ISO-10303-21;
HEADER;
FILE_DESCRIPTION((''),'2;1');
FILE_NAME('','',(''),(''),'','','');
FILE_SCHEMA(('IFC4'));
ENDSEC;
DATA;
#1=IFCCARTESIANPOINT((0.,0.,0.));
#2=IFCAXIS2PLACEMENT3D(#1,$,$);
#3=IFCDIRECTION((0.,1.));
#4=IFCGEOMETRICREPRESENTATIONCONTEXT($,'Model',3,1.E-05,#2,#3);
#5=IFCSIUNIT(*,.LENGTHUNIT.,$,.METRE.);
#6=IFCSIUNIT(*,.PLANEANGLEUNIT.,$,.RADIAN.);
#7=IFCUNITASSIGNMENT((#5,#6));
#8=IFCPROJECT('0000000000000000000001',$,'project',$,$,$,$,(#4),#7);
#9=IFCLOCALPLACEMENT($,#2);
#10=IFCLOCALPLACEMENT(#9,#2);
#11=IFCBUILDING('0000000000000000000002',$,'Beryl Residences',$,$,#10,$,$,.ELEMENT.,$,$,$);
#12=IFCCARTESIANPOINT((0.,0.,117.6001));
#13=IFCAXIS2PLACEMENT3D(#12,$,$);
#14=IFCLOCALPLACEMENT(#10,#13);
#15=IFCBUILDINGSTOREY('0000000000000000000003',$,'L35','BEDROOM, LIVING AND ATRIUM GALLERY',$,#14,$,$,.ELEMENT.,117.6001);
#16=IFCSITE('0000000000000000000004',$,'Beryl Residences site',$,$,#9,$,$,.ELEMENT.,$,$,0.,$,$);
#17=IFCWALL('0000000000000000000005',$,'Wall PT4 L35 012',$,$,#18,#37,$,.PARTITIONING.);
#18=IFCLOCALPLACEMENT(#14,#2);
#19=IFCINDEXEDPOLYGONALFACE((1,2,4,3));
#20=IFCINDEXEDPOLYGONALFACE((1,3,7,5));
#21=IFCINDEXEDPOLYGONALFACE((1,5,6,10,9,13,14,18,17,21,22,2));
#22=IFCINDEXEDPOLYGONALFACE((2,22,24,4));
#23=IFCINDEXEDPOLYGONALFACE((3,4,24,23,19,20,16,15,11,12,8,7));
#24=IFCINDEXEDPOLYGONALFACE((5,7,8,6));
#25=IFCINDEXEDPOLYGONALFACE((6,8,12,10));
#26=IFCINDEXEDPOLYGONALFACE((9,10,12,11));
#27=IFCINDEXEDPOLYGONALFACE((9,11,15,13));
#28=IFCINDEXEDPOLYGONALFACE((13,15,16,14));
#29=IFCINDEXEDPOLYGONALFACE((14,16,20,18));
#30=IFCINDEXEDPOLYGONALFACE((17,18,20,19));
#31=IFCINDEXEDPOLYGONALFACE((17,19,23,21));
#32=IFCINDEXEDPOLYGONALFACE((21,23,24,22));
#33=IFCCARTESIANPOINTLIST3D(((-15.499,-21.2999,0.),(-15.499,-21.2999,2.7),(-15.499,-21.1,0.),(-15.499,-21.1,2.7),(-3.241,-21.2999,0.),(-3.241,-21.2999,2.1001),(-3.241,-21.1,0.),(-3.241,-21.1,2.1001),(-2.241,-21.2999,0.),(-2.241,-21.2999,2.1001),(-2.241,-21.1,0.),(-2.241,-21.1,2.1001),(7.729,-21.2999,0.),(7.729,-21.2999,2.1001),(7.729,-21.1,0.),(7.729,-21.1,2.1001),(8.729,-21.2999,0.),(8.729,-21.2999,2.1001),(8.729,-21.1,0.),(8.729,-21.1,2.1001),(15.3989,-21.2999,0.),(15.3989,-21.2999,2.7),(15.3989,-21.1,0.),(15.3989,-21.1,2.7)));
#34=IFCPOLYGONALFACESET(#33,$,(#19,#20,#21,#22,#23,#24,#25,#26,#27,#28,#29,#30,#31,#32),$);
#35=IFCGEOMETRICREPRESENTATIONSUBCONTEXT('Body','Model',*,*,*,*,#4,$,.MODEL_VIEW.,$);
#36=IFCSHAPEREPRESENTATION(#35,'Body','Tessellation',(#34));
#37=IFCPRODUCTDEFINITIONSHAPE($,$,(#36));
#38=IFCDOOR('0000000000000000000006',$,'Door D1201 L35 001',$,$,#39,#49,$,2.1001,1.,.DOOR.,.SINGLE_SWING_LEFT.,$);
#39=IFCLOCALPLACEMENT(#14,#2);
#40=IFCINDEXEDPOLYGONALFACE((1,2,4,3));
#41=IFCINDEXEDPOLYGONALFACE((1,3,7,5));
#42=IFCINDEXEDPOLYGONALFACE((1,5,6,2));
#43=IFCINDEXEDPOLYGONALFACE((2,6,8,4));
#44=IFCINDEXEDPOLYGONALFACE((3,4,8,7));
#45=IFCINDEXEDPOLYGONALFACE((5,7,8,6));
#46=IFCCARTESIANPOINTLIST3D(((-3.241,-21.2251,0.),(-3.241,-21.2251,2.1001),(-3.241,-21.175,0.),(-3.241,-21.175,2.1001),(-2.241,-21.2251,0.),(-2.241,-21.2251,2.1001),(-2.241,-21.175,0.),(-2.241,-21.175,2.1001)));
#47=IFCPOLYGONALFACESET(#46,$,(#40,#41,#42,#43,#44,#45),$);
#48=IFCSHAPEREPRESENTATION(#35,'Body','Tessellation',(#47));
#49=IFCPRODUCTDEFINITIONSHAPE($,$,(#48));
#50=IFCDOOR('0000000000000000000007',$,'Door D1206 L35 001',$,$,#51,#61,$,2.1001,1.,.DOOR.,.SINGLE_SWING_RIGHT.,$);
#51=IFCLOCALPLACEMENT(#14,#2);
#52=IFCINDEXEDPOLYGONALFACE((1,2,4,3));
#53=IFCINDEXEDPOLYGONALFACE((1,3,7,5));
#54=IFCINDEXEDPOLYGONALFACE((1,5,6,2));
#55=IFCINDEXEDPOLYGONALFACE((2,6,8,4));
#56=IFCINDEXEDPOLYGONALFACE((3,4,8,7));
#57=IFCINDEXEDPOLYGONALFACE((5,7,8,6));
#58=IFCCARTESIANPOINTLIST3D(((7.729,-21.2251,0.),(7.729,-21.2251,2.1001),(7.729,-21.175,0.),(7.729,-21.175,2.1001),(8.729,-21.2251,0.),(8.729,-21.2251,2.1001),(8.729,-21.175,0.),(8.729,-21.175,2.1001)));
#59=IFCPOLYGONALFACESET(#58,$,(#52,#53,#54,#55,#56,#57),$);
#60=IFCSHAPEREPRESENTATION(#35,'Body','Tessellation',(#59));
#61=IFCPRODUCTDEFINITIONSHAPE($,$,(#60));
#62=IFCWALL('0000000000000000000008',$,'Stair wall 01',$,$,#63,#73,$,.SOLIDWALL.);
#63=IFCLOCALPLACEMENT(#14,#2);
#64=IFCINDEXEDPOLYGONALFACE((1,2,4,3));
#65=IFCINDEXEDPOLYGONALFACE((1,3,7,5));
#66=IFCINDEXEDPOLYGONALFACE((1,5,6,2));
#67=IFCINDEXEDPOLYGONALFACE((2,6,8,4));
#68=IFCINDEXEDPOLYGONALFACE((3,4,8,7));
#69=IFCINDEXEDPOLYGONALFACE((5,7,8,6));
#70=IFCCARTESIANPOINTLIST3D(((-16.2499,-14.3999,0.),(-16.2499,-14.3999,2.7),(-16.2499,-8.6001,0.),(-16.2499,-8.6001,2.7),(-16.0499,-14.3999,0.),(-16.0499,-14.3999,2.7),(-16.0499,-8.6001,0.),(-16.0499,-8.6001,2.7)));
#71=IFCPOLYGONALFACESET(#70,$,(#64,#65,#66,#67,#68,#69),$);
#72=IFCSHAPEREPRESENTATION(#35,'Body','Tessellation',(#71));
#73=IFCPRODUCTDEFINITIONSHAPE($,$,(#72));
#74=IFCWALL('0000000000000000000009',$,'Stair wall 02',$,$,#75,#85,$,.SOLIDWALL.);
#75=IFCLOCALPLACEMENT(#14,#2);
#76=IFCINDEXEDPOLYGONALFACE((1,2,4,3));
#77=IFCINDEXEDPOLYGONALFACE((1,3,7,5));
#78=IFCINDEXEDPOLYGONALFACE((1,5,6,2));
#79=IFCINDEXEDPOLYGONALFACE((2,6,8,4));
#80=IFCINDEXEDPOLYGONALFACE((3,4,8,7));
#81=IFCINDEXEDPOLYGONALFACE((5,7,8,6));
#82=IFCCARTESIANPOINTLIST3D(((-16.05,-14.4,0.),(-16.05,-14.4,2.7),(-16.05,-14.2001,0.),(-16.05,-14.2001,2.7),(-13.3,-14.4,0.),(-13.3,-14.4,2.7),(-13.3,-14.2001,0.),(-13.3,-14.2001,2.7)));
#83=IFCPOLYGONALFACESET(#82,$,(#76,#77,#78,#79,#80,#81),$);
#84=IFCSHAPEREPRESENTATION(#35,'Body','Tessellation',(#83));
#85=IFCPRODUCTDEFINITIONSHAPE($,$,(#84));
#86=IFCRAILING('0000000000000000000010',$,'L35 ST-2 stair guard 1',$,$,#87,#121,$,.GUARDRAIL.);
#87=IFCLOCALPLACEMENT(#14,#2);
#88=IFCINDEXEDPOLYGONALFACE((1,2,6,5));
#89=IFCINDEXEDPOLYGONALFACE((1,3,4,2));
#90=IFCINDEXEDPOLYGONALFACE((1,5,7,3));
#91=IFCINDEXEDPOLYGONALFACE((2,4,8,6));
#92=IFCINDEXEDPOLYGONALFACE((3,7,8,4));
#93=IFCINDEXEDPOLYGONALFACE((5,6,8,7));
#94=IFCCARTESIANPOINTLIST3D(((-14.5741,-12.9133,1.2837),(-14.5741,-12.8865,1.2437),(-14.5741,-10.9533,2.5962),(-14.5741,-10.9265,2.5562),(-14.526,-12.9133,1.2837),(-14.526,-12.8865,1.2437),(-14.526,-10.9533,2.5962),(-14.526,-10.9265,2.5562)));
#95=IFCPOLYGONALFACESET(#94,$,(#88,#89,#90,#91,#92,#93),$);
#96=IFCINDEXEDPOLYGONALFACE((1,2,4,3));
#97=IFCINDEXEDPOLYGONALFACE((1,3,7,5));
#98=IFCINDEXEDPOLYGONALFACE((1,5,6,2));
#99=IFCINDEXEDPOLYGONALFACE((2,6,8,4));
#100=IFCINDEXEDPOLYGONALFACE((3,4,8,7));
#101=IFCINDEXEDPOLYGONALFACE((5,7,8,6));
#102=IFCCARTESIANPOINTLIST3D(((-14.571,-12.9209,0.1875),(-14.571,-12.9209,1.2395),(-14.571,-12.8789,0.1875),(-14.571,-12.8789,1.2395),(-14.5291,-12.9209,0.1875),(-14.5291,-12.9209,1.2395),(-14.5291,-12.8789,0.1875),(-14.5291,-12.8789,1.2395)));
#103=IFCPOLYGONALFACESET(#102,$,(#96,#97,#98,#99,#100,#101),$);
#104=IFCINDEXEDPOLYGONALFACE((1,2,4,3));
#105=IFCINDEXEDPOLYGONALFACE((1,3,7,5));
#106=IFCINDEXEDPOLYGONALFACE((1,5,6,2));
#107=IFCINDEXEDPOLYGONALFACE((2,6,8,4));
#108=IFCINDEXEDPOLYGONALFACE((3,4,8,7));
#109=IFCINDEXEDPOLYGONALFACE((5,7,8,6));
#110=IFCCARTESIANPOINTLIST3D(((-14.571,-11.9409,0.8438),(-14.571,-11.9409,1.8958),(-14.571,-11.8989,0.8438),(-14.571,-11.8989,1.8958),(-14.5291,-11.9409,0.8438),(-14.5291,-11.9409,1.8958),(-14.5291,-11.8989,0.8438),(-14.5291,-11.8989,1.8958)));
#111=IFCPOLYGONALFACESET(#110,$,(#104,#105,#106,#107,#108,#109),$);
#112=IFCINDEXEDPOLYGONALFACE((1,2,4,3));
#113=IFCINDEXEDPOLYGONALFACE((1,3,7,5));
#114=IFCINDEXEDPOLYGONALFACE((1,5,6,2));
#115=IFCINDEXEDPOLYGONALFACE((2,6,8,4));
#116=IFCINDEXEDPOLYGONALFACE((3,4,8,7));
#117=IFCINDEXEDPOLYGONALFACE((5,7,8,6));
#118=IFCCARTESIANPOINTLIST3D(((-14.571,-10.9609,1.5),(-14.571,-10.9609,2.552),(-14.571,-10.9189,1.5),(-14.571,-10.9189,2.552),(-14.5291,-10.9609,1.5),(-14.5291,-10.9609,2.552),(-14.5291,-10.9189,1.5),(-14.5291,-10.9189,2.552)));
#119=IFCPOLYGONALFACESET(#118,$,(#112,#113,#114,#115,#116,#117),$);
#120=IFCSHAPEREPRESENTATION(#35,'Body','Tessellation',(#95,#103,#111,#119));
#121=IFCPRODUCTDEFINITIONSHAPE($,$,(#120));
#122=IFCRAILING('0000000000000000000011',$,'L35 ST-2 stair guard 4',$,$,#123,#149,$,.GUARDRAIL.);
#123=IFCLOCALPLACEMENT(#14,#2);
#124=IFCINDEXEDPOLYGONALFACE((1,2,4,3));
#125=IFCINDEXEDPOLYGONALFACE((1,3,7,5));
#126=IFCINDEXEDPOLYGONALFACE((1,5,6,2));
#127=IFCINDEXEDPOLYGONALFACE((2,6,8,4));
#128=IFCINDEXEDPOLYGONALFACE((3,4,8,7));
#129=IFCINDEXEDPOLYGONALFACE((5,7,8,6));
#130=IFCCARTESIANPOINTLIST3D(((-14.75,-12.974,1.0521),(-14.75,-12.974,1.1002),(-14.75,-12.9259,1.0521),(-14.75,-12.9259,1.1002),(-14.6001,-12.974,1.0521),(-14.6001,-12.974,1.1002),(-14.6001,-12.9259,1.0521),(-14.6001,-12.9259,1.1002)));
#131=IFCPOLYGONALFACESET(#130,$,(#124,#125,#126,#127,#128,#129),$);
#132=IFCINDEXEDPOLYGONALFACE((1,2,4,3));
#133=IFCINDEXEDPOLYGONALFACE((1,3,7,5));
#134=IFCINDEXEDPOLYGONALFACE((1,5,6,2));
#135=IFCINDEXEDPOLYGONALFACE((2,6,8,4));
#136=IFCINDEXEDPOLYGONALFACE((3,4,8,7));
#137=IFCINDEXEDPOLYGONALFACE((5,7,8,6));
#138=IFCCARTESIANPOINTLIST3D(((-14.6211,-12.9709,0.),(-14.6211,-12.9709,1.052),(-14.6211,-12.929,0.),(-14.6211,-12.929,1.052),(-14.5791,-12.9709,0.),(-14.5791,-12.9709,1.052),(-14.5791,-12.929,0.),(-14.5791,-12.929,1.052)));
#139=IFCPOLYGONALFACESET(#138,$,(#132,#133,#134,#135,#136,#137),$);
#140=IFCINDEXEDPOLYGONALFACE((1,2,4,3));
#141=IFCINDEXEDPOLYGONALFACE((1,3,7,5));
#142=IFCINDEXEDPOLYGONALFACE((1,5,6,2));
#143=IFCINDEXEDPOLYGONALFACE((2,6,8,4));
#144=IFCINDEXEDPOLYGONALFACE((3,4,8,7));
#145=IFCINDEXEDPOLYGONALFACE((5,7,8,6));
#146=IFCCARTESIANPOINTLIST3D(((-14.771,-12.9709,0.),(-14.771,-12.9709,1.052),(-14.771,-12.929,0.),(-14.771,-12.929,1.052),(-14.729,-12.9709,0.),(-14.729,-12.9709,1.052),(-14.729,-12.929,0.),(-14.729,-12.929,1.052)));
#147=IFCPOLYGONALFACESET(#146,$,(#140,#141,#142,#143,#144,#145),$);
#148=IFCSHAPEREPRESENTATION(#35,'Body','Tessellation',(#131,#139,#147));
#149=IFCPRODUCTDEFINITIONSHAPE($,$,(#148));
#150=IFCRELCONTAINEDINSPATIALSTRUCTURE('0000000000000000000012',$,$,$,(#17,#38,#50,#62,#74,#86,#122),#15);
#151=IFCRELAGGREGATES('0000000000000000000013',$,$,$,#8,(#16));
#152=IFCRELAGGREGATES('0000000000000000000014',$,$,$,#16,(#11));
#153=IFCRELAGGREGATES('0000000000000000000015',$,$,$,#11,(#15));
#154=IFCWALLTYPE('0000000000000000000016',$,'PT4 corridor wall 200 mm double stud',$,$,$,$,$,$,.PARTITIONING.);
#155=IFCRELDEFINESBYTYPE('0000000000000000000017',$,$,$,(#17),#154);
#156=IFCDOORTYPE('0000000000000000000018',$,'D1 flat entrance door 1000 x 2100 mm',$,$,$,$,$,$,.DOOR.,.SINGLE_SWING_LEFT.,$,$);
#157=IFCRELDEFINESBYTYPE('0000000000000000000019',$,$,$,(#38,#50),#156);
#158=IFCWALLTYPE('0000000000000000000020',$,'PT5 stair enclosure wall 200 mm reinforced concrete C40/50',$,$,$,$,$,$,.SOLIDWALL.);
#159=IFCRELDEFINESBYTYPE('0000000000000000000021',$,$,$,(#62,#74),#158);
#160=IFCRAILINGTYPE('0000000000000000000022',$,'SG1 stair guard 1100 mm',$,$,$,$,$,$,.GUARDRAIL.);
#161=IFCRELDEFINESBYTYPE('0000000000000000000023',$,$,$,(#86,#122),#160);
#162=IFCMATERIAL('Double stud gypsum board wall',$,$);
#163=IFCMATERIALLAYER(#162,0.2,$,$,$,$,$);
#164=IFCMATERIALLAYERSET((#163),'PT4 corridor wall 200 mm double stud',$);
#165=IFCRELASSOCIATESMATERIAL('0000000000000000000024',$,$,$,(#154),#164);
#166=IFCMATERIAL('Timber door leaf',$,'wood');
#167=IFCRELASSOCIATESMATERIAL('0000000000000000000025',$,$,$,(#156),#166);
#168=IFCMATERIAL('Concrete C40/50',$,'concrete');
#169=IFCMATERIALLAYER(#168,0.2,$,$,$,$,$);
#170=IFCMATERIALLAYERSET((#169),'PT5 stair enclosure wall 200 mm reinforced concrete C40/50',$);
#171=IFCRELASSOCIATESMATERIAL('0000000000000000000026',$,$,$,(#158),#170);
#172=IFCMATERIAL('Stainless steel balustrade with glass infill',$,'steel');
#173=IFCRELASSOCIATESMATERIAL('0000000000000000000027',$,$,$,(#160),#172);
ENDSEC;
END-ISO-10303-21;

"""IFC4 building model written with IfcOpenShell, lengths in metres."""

from ifc_helpers import new_model, si_unit, direction, frame, frame_2d, origin, origin_2d, place, context, subcontext, project, spatial, rectangle, extrude, material, layer, layer_set, type_object, element, fill, save


model = new_model("IFC4")

# Units and contexts
model_context = context("Model", 3, precision=1e-05, world=origin(), true_north=direction((0.0, 1.0)))
body_context = subcontext(model_context, "Body", "Model", "MODEL_VIEW")
ifc_project = project(units=[si_unit("LENGTHUNIT", "METRE"), si_unit("PLANEANGLEUNIT", "RADIAN")], contexts=[model_context])

# Site, building, storey
site_placement = place(None, origin())
site = spatial("IfcSite", under=ifc_project, at=site_placement, Name="Beryl Residences site", CompositionType="ELEMENT", RefElevation=0.0)
building_placement = place(site_placement, origin())
building = spatial("IfcBuilding", under=site, at=building_placement, Name="Beryl Residences", CompositionType="ELEMENT")
storey_placement = place(building_placement, frame((0.0, 0.0, 117.6001)))
storey = spatial("IfcBuildingStorey", under=building, at=storey_placement, Name="L35", Description="BEDROOM, LIVING AND ATRIUM GALLERY", CompositionType="ELEMENT", Elevation=117.6001)

# Shared definitions
ifc_material_1 = material(Name="Double stud gypsum board wall")
ifc_layer_1 = layer(ifc_material_1, 0.2)
ifc_layer_set_1 = layer_set([ifc_layer_1], Name="PT4 corridor wall 200 mm double stud")
wall_type_1 = type_object("IfcWallType", Name="PT4 corridor wall 200 mm double stud", PredefinedType="PARTITIONING", material=ifc_layer_set_1)

# Wall, openings, doors
wall_1_placement = place(storey_placement, frame((-15.499, -21.2, 0.0), z_axis=(0.0, 0.0, 1.0), x_axis=(1.0, 0.0, 0.0)))
wall_1 = element("IfcWall", 1, at=wall_1_placement, inside=storey, type_object=wall_type_1, Name="Wall PT4 L35 012", PredefinedType="PARTITIONING", context=body_context, shape_type="SweptSolid", body=[
    extrude(rectangle(XDim=30.8979, YDim=0.2, at=frame_2d((15.449, 0.0))), origin(), (0.0, 0.0, 1.0), 2.7),
])
opening_1_placement = place(wall_1_placement, frame((12.2581, 0.0, 0.0)))
opening_1 = element("IfcOpeningElement", 2, at=opening_1_placement, cuts=wall_1, PredefinedType="OPENING", context=body_context, shape_type="SweptSolid", body=[
    extrude(rectangle(XDim=1.0, YDim=2.1001, at=frame_2d((0.5, 1.05))), frame((0.0, 0.1099, 0.0), z_axis=(0.0, -1.0, 0.0), x_axis=(1.0, 0.0, 0.0)), (0.0, 0.0, 1.0), 0.22),
])
opening_2_placement = place(wall_1_placement, frame((23.228, 0.0, 0.0)))
opening_2 = element("IfcOpeningElement", 3, at=opening_2_placement, cuts=wall_1, PredefinedType="OPENING", context=body_context, shape_type="SweptSolid", body=[
    extrude(rectangle(XDim=1.0, YDim=2.1001, at=frame_2d((0.5, 1.05))), frame((0.0, 0.1099, 0.0), z_axis=(0.0, -1.0, 0.0), x_axis=(1.0, 0.0, 0.0)), (0.0, 0.0, 1.0), 0.22),
])
ifc_material_2 = material(Name="Timber door leaf", Category="wood")
door_type_1 = type_object("IfcDoorType", Name="D1 flat entrance door 1000 x 2100 mm", OperationType="SINGLE_SWING_LEFT", PredefinedType="DOOR", material=ifc_material_2)
door_1_placement = place(opening_1_placement, origin())
door_1 = element("IfcDoor", 4, at=door_1_placement, inside=storey, type_object=door_type_1, Name="Door D1201 L35 001", OperationType="SINGLE_SWING_LEFT", OverallHeight=2.1001, OverallWidth=1.0, PredefinedType="DOOR", context=body_context, shape_type="SweptSolid", body=[
    extrude(rectangle(XDim=1.0, YDim=2.1001, at=frame_2d((0.5, 1.05))), frame((0.0, 0.0249, 0.0), z_axis=(0.0, -1.0, 0.0), x_axis=(1.0, 0.0, 0.0)), (0.0, 0.0, 1.0), 0.05),
])
fill(opening_1, door_1)
door_2_placement = place(opening_2_placement, origin())
door_2 = element("IfcDoor", 5, at=door_2_placement, inside=storey, type_object=door_type_1, Name="Door D1206 L35 001", OperationType="SINGLE_SWING_RIGHT", OverallHeight=2.1001, OverallWidth=1.0, PredefinedType="DOOR", context=body_context, shape_type="SweptSolid", body=[
    extrude(rectangle(XDim=1.0, YDim=2.1001, at=frame_2d((0.5, 1.05))), frame((0.0, 0.0249, 0.0), z_axis=(0.0, -1.0, 0.0), x_axis=(1.0, 0.0, 0.0)), (0.0, 0.0, 1.0), 0.05),
])
fill(opening_2, door_2)

# Walls
ifc_material_3 = material(Name="Concrete C40/50", Category="concrete")
ifc_layer_2 = layer(ifc_material_3, 0.2)
ifc_layer_set_2 = layer_set([ifc_layer_2], Name="PT5 stair enclosure wall 200 mm reinforced concrete C40/50")
wall_type_2 = type_object("IfcWallType", Name="PT5 stair enclosure wall 200 mm reinforced concrete C40/50", PredefinedType="SOLIDWALL", material=ifc_layer_set_2)
wall_2_placement = place(storey_placement, frame((-16.1499, -14.3999, 0.0), z_axis=(0.0, 0.0, 1.0), x_axis=(0.0, 1.0, 0.0)))
element("IfcWall", 6, at=wall_2_placement, inside=storey, type_object=wall_type_2, Name="Stair wall 01", PredefinedType="SOLIDWALL", context=body_context, shape_type="SweptSolid", body=[
    extrude(rectangle(XDim=5.7998, YDim=0.2, at=frame_2d((2.8999, 0.0))), origin(), (0.0, 0.0, 1.0), 2.7),
])
wall_3_placement = place(storey_placement, frame((-16.05, -14.3, 0.0), z_axis=(0.0, 0.0, 1.0), x_axis=(1.0, 0.0, 0.0)))
element("IfcWall", 7, at=wall_3_placement, inside=storey, type_object=wall_type_2, Name="Stair wall 02", PredefinedType="SOLIDWALL", context=body_context, shape_type="SweptSolid", body=[
    extrude(rectangle(XDim=2.75, YDim=0.2, at=frame_2d((1.375, 0.0))), origin(), (0.0, 0.0, 1.0), 2.7),
])

# Railings
ifc_material_4 = material(Name="Stainless steel balustrade with glass infill", Category="steel")
railing_type = type_object("IfcRailingType", Name="SG1 stair guard 1100 mm", PredefinedType="GUARDRAIL", material=ifc_material_4)
railing_1_placement = place(storey_placement, frame((-14.55, -12.8999, 0.1875)))
element("IfcRailing", 8, at=railing_1_placement, inside=storey, type_object=railing_type, Name="L35 ST-2 stair guard 1", PredefinedType="GUARDRAIL", context=body_context, shape_type="SweptSolid", body=[
    extrude(rectangle(XDim=0.0481, YDim=0.0481, at=origin_2d()), frame((0.0, 0.0, 1.0762), z_axis=(0.0, 0.830902, 0.556419), x_axis=(-1.0, 0.0, 0.0)), (0.0, 0.0, 1.0), 2.3589),
    extrude(rectangle(XDim=0.042, YDim=0.042, at=origin_2d()), origin(), (0.0, 0.0, 1.0), 1.052),
    extrude(rectangle(XDim=0.042, YDim=0.042, at=origin_2d()), frame((0.0, 0.98, 0.6562)), (0.0, 0.0, 1.0), 1.052),
    extrude(rectangle(XDim=0.042, YDim=0.042, at=origin_2d()), frame((0.0, 1.96, 1.3125)), (0.0, 0.0, 1.0), 1.052),
])
railing_2_placement = place(storey_placement, frame((-14.6001, -12.95, 0.0)))
element("IfcRailing", 9, at=railing_2_placement, inside=storey, type_object=railing_type, Name="L35 ST-2 stair guard 4", PredefinedType="GUARDRAIL", context=body_context, shape_type="SweptSolid", body=[
    extrude(rectangle(XDim=0.0481, YDim=0.0481, at=origin_2d()), frame((0.0, 0.0, 1.0762), z_axis=(-1.0, 0.0, 0.0), x_axis=(0.0, -1.0, 0.0)), (0.0, 0.0, 1.0), 0.1499),
    extrude(rectangle(XDim=0.042, YDim=0.042, at=origin_2d()), origin(), (0.0, 0.0, 1.0), 1.052),
    extrude(rectangle(XDim=0.042, YDim=0.042, at=origin_2d()), frame((-0.1499, 0.0, 0.0)), (0.0, 0.0, 1.0), 1.052),
])

save(model, "model.ifc")
